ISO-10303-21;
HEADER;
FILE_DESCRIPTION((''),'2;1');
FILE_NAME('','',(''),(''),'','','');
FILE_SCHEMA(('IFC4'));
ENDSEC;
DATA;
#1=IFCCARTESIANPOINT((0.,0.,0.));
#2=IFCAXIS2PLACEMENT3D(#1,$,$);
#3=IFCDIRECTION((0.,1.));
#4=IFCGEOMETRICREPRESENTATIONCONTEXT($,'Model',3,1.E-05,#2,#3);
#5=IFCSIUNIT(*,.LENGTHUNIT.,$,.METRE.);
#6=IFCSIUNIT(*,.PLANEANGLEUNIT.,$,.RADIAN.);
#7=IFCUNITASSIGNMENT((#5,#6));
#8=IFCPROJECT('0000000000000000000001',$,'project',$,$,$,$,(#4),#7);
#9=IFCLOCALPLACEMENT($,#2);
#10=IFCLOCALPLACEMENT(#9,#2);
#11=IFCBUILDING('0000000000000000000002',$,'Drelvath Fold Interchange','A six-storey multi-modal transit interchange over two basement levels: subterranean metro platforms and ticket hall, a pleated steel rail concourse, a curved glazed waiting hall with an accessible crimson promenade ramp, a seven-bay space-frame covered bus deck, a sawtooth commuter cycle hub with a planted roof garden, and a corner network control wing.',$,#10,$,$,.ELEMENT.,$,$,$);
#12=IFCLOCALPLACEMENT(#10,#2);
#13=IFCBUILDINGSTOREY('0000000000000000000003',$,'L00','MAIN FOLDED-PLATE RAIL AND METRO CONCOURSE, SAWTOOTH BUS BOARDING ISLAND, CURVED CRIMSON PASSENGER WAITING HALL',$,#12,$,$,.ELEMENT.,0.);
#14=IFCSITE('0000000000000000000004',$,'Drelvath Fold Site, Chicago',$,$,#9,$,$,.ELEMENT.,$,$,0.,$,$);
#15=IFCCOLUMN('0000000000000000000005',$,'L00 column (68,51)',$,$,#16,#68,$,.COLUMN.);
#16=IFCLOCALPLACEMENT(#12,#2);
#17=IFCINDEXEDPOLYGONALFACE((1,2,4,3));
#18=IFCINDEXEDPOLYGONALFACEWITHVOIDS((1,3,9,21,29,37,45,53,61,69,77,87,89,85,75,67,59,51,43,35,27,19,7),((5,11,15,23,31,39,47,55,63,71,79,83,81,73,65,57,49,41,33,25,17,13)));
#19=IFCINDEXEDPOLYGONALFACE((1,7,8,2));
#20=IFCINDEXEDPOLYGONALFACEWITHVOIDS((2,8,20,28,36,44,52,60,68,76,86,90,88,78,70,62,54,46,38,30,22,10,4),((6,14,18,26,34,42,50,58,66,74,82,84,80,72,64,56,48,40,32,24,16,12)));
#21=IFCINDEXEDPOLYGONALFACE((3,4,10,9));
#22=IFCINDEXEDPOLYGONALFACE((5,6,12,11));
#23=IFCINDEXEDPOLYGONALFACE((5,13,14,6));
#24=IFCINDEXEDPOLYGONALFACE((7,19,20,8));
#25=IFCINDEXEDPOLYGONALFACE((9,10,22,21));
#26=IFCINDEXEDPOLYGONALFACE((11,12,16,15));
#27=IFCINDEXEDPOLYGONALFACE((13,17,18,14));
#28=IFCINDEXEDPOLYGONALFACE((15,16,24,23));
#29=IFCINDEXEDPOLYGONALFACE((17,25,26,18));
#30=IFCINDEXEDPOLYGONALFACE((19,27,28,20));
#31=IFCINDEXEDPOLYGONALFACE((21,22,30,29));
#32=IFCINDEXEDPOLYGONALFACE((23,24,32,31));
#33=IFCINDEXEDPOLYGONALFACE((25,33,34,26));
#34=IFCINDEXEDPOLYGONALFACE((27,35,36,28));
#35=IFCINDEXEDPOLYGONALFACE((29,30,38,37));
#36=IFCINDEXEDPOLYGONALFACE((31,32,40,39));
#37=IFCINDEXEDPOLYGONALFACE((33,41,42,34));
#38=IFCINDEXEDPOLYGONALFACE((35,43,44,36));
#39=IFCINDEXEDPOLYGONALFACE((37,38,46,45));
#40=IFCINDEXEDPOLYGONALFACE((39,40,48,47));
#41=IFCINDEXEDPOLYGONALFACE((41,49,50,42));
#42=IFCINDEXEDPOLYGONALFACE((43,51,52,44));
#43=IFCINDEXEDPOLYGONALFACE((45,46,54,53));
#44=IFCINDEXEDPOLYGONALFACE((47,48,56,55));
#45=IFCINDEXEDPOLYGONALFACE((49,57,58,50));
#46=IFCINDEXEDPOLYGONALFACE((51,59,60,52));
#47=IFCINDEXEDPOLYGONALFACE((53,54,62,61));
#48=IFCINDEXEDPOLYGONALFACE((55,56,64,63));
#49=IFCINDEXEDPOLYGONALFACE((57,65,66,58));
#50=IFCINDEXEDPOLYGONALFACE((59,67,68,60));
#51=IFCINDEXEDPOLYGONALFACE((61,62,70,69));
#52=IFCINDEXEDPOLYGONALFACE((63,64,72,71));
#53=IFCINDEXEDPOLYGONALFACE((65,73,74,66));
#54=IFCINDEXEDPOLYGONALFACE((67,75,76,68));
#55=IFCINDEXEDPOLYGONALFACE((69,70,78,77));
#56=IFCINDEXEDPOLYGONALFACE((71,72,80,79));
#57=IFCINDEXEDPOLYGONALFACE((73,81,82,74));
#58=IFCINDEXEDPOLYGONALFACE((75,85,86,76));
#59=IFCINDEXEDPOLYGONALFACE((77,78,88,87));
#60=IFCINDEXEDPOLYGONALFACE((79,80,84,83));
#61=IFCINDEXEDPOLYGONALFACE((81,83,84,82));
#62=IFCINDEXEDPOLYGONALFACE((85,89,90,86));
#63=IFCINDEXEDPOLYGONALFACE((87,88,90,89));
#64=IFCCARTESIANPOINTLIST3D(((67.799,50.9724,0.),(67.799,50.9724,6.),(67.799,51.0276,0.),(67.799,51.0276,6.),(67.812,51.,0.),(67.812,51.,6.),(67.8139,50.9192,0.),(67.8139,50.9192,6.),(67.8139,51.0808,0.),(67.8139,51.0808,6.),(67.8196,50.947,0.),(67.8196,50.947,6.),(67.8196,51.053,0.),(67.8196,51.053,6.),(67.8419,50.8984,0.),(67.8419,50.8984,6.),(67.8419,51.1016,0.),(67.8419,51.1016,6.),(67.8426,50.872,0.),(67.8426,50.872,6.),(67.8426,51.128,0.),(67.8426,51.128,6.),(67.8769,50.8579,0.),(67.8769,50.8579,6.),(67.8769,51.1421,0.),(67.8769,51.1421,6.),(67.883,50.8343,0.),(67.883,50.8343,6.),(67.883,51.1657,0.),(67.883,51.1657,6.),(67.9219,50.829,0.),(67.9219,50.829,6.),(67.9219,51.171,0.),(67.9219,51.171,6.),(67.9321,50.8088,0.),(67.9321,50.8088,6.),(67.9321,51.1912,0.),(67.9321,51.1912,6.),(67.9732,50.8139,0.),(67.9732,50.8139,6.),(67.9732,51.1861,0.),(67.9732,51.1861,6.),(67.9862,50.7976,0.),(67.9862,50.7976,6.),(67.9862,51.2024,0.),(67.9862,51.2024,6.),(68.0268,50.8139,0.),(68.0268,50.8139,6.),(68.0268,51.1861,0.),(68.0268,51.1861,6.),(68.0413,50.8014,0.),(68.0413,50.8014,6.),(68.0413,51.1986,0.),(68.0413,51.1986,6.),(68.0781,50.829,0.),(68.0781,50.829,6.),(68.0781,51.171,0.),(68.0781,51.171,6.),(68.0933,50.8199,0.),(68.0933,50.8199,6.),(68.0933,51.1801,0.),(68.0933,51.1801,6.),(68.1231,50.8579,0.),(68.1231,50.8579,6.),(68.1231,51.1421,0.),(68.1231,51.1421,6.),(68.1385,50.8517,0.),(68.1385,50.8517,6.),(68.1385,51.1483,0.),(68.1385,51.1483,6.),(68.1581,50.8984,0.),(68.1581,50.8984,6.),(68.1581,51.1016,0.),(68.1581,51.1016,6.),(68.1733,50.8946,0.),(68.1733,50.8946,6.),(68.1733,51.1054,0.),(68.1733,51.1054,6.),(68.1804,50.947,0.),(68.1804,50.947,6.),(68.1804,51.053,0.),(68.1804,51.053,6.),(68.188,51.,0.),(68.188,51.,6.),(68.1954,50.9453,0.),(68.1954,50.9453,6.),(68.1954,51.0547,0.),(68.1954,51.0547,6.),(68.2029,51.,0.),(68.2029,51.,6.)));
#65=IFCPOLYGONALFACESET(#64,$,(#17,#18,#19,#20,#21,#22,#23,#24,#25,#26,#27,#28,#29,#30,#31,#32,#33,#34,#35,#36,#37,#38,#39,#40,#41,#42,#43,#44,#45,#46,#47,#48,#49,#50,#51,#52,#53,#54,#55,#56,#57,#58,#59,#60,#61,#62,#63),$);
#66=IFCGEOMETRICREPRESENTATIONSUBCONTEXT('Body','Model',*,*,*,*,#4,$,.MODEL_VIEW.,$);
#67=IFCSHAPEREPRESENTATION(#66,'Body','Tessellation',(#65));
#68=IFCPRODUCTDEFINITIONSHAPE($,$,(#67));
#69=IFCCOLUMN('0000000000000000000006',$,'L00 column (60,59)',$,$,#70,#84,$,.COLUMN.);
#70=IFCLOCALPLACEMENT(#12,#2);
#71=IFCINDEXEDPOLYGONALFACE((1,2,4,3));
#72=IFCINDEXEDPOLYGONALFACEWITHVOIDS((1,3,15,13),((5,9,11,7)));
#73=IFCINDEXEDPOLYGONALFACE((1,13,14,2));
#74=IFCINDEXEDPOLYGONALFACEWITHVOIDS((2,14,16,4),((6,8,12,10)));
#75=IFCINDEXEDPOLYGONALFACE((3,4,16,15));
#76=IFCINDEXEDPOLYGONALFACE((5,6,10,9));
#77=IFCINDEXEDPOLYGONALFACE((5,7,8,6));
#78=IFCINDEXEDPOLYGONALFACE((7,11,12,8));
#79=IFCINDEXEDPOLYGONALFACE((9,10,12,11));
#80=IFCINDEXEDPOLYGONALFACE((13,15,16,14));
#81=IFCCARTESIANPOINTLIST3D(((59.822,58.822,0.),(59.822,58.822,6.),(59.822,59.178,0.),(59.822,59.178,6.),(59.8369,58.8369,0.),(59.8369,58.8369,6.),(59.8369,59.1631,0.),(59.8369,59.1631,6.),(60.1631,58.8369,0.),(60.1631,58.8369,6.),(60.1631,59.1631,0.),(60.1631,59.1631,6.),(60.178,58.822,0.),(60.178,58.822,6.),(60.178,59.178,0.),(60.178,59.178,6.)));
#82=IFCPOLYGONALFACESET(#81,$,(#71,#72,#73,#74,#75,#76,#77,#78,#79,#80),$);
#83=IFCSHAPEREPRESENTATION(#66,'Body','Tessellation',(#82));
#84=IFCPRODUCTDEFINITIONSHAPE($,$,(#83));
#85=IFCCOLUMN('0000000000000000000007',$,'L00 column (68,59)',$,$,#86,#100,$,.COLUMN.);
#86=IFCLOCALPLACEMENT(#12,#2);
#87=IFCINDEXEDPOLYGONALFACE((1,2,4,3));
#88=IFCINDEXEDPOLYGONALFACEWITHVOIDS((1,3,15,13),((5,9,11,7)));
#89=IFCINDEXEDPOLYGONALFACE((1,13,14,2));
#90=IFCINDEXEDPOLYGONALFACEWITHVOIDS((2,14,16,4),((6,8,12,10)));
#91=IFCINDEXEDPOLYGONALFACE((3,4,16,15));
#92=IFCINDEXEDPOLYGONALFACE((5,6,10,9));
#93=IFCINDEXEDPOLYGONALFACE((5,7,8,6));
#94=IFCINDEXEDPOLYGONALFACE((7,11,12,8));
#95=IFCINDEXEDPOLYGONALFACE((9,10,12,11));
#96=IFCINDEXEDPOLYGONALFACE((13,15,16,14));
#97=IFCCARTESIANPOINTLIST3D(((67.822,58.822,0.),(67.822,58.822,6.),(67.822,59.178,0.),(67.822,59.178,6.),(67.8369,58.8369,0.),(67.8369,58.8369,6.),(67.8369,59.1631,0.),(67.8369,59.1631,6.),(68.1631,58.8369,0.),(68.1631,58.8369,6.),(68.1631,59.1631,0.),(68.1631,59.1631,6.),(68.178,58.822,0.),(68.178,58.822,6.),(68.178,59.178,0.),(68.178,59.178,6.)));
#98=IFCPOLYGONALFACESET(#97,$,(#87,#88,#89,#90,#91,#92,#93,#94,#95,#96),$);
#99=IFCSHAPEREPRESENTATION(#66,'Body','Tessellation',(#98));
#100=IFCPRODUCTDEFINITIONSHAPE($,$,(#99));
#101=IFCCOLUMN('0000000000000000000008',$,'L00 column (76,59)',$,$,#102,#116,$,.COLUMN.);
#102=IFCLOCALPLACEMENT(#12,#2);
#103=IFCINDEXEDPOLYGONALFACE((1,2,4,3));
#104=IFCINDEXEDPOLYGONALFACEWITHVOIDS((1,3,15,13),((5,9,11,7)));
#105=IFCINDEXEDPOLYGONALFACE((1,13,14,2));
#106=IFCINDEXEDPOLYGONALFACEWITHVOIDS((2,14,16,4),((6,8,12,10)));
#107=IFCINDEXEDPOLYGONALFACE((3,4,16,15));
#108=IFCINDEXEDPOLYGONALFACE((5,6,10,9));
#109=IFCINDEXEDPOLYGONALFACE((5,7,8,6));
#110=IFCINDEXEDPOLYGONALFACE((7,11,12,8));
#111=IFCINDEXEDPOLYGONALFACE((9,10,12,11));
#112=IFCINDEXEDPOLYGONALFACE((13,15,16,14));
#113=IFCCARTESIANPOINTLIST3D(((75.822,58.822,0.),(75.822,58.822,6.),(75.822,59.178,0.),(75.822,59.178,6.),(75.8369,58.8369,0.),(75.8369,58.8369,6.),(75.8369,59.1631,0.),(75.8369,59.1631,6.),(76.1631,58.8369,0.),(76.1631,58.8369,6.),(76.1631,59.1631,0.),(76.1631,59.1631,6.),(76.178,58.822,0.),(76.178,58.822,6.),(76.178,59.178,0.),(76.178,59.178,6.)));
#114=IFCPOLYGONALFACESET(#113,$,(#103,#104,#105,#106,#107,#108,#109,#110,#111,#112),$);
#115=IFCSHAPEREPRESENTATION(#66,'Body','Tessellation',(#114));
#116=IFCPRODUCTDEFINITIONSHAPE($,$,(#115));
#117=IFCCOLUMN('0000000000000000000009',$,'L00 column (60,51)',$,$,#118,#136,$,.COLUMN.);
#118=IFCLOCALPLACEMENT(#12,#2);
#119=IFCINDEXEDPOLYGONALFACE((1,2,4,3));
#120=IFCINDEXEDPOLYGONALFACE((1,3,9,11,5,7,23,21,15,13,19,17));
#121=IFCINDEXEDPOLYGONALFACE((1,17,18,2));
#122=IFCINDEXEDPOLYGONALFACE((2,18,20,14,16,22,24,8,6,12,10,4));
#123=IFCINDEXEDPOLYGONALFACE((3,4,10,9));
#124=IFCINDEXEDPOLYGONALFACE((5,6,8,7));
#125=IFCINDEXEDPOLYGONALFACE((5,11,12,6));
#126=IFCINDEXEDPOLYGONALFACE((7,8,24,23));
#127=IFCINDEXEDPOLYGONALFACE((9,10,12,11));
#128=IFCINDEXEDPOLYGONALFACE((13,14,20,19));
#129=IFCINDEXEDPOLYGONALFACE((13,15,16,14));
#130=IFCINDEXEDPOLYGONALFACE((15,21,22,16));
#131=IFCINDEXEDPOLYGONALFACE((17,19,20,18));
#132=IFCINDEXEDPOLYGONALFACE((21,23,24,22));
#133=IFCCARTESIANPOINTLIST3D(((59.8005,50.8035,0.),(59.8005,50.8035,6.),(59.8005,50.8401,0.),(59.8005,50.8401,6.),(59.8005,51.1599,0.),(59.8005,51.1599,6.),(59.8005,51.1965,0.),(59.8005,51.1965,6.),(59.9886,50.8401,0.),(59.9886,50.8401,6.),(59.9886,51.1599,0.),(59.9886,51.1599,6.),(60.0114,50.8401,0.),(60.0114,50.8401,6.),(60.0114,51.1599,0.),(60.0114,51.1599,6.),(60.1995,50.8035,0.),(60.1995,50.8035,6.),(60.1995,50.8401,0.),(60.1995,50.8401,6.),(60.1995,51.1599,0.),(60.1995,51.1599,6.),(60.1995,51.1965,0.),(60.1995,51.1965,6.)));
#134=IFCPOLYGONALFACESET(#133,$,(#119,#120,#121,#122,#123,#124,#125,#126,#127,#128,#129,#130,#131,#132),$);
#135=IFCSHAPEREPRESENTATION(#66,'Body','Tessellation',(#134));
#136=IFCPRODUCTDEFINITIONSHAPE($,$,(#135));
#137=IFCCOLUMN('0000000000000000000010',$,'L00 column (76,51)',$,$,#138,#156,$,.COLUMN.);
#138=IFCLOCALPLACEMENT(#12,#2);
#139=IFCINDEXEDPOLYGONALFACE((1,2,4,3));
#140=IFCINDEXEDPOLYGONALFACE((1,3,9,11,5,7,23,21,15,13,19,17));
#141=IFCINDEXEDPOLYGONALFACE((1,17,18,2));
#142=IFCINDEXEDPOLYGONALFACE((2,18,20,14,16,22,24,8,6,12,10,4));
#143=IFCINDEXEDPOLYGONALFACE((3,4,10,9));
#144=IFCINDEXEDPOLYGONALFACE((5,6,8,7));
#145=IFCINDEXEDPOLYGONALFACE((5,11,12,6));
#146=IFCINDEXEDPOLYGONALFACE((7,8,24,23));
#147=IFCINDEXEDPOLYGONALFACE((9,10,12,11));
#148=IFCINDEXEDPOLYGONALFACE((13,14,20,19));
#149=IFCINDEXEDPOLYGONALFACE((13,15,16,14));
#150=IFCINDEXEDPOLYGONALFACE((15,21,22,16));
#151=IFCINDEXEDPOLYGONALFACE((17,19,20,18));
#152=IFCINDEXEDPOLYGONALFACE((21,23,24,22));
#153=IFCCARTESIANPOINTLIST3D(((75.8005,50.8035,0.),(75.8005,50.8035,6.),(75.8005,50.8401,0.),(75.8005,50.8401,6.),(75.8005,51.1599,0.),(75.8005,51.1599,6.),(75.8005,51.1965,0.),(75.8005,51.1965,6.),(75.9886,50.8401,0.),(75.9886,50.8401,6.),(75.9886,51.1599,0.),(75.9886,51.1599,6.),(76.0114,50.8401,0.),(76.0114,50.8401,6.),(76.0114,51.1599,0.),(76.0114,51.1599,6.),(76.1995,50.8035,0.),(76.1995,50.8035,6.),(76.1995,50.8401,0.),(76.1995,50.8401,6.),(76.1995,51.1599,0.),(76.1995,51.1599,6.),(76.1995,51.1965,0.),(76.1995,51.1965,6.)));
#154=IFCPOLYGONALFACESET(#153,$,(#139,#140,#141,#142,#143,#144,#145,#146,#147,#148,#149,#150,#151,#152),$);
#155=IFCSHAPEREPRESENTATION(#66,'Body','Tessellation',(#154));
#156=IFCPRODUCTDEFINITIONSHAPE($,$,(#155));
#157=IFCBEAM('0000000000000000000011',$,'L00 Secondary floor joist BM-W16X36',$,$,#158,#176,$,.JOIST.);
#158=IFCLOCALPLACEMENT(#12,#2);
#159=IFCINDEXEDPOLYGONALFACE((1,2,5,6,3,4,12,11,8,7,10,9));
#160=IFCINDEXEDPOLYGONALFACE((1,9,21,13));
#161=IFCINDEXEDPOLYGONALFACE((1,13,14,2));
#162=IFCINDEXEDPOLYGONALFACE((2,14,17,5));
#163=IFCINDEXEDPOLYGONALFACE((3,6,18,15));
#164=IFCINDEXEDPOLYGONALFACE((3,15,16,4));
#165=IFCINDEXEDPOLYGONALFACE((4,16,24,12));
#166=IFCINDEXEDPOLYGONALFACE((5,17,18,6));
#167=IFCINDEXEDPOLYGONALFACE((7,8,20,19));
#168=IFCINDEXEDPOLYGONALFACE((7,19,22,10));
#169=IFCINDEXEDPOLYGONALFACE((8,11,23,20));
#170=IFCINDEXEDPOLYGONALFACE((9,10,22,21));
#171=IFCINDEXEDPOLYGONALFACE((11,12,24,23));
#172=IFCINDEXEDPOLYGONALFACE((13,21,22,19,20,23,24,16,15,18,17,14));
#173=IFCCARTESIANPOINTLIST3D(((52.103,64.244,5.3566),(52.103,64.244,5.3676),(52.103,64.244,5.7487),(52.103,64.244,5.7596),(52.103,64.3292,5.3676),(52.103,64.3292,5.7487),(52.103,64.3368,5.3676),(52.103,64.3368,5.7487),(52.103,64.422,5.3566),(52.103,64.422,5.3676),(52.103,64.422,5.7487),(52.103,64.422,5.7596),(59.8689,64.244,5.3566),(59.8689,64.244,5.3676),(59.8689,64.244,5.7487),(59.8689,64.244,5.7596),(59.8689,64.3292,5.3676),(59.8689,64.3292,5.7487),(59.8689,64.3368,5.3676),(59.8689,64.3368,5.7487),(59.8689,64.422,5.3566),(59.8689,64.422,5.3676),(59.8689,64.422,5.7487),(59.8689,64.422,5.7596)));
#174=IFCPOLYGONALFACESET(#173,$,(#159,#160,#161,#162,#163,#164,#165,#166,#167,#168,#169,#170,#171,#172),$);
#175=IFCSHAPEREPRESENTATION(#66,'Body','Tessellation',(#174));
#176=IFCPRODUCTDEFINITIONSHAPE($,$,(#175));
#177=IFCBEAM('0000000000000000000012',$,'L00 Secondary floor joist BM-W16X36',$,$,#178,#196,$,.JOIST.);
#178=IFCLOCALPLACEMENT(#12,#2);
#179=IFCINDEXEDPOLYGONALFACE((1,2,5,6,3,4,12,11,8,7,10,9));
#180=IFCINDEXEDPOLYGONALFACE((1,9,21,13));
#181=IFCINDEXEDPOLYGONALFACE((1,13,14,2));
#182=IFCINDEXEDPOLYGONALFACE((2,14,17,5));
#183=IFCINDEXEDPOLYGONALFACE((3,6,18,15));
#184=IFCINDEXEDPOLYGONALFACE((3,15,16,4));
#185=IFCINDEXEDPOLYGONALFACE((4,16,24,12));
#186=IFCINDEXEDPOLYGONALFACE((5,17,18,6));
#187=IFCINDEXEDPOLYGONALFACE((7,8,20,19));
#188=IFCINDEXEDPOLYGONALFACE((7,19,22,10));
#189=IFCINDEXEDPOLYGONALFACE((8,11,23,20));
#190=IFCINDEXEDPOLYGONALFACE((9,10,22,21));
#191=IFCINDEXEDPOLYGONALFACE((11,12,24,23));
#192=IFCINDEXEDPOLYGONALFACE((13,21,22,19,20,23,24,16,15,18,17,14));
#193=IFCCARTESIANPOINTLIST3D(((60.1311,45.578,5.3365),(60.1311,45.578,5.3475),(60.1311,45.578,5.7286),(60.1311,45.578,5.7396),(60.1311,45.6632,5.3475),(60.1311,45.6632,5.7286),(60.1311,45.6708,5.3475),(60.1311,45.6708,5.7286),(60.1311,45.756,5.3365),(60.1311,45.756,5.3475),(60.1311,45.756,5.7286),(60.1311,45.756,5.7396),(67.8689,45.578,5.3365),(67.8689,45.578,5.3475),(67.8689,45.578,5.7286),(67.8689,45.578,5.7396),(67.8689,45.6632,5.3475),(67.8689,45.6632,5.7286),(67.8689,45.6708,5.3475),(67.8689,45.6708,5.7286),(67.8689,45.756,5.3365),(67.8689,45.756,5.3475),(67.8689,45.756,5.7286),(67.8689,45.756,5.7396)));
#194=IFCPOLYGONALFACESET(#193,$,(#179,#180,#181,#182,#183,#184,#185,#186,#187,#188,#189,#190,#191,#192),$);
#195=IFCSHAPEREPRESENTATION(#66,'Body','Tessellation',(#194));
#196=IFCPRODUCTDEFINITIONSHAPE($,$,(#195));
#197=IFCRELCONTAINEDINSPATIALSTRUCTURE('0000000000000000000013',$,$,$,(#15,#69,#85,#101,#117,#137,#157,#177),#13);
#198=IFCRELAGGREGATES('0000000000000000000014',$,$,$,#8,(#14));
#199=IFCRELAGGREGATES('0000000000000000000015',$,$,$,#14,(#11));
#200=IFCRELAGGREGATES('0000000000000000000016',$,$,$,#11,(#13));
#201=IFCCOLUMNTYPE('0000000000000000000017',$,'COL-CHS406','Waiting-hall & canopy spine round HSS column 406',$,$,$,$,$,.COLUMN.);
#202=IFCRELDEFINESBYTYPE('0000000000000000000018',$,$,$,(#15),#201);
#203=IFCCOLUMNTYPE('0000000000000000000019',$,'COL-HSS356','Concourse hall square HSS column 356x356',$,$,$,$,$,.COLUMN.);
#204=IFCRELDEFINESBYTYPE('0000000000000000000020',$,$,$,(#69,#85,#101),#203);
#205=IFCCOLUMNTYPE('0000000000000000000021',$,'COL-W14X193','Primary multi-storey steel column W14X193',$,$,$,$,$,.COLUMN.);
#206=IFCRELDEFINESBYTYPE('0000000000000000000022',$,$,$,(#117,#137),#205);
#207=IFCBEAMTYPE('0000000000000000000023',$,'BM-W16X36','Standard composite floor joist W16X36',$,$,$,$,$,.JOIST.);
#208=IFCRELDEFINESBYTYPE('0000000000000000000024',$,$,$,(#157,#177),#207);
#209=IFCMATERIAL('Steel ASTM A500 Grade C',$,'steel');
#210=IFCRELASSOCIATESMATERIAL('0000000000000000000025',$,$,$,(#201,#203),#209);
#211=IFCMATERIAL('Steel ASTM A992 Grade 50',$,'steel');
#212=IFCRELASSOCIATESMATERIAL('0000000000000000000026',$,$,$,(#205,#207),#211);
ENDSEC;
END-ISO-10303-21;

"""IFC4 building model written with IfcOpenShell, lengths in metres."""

from ifc_helpers import new_model, si_unit, direction, frame, origin, origin_2d, place, context, subcontext, project, spatial, hollow_rectangle, hollow_circle, i_section, extrude, material, material_profile, profile_set, type_object, element, save


model = new_model("IFC4")

# Units and contexts
model_context = context("Model", 3, precision=1e-05, world=origin(), true_north=direction((0.0, 1.0)))
body_context = subcontext(model_context, "Body", "Model", "MODEL_VIEW")
ifc_project = project(units=[si_unit("LENGTHUNIT", "METRE"), si_unit("PLANEANGLEUNIT", "RADIAN")], contexts=[model_context])

# Site, building, storey
site_placement = place(None, origin())
site = spatial("IfcSite", under=ifc_project, at=site_placement, Name="Drelvath Fold Site, Chicago", CompositionType="ELEMENT", RefElevation=0.0)
building_placement = place(site_placement, origin())
building = spatial("IfcBuilding", under=site, at=building_placement, Name="Drelvath Fold Interchange", Description="A six-storey multi-modal transit interchange over two basement levels: subterranean metro platforms and ticket hall, a pleated steel rail concourse, a curved glazed waiting hall with an accessible crimson promenade ramp, a seven-bay space-frame covered bus deck, a sawtooth commuter cycle hub with a planted roof garden, and a corner network control wing.", CompositionType="ELEMENT")
storey_placement = place(building_placement, origin())
storey = spatial("IfcBuildingStorey", under=building, at=storey_placement, Name="L00", Description="MAIN FOLDED-PLATE RAIL AND METRO CONCOURSE, SAWTOOTH BUS BOARDING ISLAND, CURVED CRIMSON PASSENGER WAITING HALL", CompositionType="ELEMENT", Elevation=0.0)

# Columns
ifc_material_1 = material(Name="Steel ASTM A500 Grade C", Category="steel")
ifc_material_profile_1 = material_profile(ifc_material_1, hollow_circle(Radius=0.2029, WallThickness=0.0149, at=origin_2d()), Name="HSS16.000X0.625")
ifc_profile_set_1 = profile_set([ifc_material_profile_1], Name="Steel ASTM A500 Grade C")
column_type_1 = type_object("IfcColumnType", Name="COL-CHS406", Description="Waiting-hall & canopy spine round HSS column 406", PredefinedType="COLUMN", material=ifc_profile_set_1)
column_placement = place(storey_placement, frame((68.0, 51.0, 0.0), z_axis=(0.0, 0.0, 1.0), x_axis=(1.0, 0.0, 0.0)))
element("IfcColumn", 1, at=column_placement, inside=storey, type_object=column_type_1, Name="L00 column (68,51)", PredefinedType="COLUMN", context=body_context, shape_type="SweptSolid", body=[
    extrude(hollow_circle(Radius=0.2029, WallThickness=0.0149, at=origin_2d()), origin(), (0.0, 0.0, 1.0), 6.0),
])
ifc_material_profile_2 = material_profile(ifc_material_1, hollow_rectangle(XDim=0.356, YDim=0.356, WallThickness=0.0149, at=origin_2d()), Name="HSS14X14X5/8")
ifc_profile_set_2 = profile_set([ifc_material_profile_2], Name="Steel ASTM A500 Grade C")
column_type_2 = type_object("IfcColumnType", Name="COL-HSS356", Description="Concourse hall square HSS column 356x356", PredefinedType="COLUMN", material=ifc_profile_set_2)
for number, where, z_axis, x_axis, name in (
    (2, (60.0, 59.0, 0.0), (0.0, 0.0, 1.0), (1.0, 0.0, 0.0), "L00 column (60,59)"),
    (3, (68.0, 59.0, 0.0), (0.0, 0.0, 1.0), (1.0, 0.0, 0.0), "L00 column (68,59)"),
    (4, (76.0, 59.0, 0.0), (0.0, 0.0, 1.0), (1.0, 0.0, 0.0), "L00 column (76,59)"),
):
    element("IfcColumn", number, at=place(storey_placement, frame(where, z_axis=z_axis, x_axis=x_axis)), inside=storey, type_object=column_type_2, Name=name, PredefinedType="COLUMN", context=body_context, shape_type="SweptSolid", body=[
        extrude(hollow_rectangle(XDim=0.356, YDim=0.356, WallThickness=0.0149, at=origin_2d()), origin(), (0.0, 0.0, 1.0), 6.0),
    ])
ifc_material_2 = material(Name="Steel ASTM A992 Grade 50", Category="steel")
ifc_material_profile_3 = material_profile(ifc_material_2, i_section(OverallWidth=0.3989, OverallDepth=0.3931, WebThickness=0.0227, FlangeThickness=0.0366, at=origin_2d()), Name="W14X193")
ifc_profile_set_3 = profile_set([ifc_material_profile_3], Name="Steel ASTM A992 Grade 50")
column_type_3 = type_object("IfcColumnType", Name="COL-W14X193", Description="Primary multi-storey steel column W14X193", PredefinedType="COLUMN", material=ifc_profile_set_3)
for number, where, z_axis, x_axis, name in (
    (5, (60.0, 51.0, 0.0), (0.0, 0.0, 1.0), (1.0, 0.0, 0.0), "L00 column (60,51)"),
    (6, (76.0, 51.0, 0.0), (0.0, 0.0, 1.0), (1.0, 0.0, 0.0), "L00 column (76,51)"),
):
    element("IfcColumn", number, at=place(storey_placement, frame(where, z_axis=z_axis, x_axis=x_axis)), inside=storey, type_object=column_type_3, Name=name, PredefinedType="COLUMN", context=body_context, shape_type="SweptSolid", body=[
        extrude(i_section(OverallWidth=0.3989, OverallDepth=0.3931, WebThickness=0.0227, FlangeThickness=0.0366, at=origin_2d()), origin(), (0.0, 0.0, 1.0), 6.0),
    ])

# Beams
ifc_material_profile_4 = material_profile(ifc_material_2, i_section(OverallWidth=0.178, OverallDepth=0.4031, WebThickness=0.0076, FlangeThickness=0.011, at=origin_2d()), Name="W16X36")
ifc_profile_set_4 = profile_set([ifc_material_profile_4], Name="Steel ASTM A992 Grade 50")
beam_type_1 = type_object("IfcBeamType", Name="BM-W16X36", Description="Standard composite floor joist W16X36", PredefinedType="JOIST", material=ifc_profile_set_4)
beam_placement = place(storey_placement, frame((52.103, 64.333, 5.5581), z_axis=(1.0, 0.0, 0.0), x_axis=(0.0, 1.0, 0.0)))
element("IfcBeam", 7, at=beam_placement, inside=storey, type_object=beam_type_1, Name="L00 Secondary floor joist BM-W16X36", PredefinedType="JOIST", context=body_context, shape_type="SweptSolid", body=[
    extrude(i_section(OverallWidth=0.178, OverallDepth=0.4031, WebThickness=0.0076, FlangeThickness=0.011, at=origin_2d()), origin(), (0.0, 0.0, 1.0), 7.7659),
])
for number, where, z_axis, x_axis, name in (
    (8, (60.1311, 45.667, 5.5381), (1.0, 0.0, 0.0), (0.0, 1.0, 0.0), "L00 Secondary floor joist BM-W16X36"),
):
    element("IfcBeam", number, at=place(storey_placement, frame(where, z_axis=z_axis, x_axis=x_axis)), inside=storey, type_object=beam_type_1, Name=name, PredefinedType="JOIST", context=body_context, shape_type="SweptSolid", body=[
        extrude(i_section(OverallWidth=0.178, OverallDepth=0.4031, WebThickness=0.0076, FlangeThickness=0.011, at=origin_2d()), origin(), (0.0, 0.0, 1.0), 7.7378),
    ])

save(model, "model.ifc")
